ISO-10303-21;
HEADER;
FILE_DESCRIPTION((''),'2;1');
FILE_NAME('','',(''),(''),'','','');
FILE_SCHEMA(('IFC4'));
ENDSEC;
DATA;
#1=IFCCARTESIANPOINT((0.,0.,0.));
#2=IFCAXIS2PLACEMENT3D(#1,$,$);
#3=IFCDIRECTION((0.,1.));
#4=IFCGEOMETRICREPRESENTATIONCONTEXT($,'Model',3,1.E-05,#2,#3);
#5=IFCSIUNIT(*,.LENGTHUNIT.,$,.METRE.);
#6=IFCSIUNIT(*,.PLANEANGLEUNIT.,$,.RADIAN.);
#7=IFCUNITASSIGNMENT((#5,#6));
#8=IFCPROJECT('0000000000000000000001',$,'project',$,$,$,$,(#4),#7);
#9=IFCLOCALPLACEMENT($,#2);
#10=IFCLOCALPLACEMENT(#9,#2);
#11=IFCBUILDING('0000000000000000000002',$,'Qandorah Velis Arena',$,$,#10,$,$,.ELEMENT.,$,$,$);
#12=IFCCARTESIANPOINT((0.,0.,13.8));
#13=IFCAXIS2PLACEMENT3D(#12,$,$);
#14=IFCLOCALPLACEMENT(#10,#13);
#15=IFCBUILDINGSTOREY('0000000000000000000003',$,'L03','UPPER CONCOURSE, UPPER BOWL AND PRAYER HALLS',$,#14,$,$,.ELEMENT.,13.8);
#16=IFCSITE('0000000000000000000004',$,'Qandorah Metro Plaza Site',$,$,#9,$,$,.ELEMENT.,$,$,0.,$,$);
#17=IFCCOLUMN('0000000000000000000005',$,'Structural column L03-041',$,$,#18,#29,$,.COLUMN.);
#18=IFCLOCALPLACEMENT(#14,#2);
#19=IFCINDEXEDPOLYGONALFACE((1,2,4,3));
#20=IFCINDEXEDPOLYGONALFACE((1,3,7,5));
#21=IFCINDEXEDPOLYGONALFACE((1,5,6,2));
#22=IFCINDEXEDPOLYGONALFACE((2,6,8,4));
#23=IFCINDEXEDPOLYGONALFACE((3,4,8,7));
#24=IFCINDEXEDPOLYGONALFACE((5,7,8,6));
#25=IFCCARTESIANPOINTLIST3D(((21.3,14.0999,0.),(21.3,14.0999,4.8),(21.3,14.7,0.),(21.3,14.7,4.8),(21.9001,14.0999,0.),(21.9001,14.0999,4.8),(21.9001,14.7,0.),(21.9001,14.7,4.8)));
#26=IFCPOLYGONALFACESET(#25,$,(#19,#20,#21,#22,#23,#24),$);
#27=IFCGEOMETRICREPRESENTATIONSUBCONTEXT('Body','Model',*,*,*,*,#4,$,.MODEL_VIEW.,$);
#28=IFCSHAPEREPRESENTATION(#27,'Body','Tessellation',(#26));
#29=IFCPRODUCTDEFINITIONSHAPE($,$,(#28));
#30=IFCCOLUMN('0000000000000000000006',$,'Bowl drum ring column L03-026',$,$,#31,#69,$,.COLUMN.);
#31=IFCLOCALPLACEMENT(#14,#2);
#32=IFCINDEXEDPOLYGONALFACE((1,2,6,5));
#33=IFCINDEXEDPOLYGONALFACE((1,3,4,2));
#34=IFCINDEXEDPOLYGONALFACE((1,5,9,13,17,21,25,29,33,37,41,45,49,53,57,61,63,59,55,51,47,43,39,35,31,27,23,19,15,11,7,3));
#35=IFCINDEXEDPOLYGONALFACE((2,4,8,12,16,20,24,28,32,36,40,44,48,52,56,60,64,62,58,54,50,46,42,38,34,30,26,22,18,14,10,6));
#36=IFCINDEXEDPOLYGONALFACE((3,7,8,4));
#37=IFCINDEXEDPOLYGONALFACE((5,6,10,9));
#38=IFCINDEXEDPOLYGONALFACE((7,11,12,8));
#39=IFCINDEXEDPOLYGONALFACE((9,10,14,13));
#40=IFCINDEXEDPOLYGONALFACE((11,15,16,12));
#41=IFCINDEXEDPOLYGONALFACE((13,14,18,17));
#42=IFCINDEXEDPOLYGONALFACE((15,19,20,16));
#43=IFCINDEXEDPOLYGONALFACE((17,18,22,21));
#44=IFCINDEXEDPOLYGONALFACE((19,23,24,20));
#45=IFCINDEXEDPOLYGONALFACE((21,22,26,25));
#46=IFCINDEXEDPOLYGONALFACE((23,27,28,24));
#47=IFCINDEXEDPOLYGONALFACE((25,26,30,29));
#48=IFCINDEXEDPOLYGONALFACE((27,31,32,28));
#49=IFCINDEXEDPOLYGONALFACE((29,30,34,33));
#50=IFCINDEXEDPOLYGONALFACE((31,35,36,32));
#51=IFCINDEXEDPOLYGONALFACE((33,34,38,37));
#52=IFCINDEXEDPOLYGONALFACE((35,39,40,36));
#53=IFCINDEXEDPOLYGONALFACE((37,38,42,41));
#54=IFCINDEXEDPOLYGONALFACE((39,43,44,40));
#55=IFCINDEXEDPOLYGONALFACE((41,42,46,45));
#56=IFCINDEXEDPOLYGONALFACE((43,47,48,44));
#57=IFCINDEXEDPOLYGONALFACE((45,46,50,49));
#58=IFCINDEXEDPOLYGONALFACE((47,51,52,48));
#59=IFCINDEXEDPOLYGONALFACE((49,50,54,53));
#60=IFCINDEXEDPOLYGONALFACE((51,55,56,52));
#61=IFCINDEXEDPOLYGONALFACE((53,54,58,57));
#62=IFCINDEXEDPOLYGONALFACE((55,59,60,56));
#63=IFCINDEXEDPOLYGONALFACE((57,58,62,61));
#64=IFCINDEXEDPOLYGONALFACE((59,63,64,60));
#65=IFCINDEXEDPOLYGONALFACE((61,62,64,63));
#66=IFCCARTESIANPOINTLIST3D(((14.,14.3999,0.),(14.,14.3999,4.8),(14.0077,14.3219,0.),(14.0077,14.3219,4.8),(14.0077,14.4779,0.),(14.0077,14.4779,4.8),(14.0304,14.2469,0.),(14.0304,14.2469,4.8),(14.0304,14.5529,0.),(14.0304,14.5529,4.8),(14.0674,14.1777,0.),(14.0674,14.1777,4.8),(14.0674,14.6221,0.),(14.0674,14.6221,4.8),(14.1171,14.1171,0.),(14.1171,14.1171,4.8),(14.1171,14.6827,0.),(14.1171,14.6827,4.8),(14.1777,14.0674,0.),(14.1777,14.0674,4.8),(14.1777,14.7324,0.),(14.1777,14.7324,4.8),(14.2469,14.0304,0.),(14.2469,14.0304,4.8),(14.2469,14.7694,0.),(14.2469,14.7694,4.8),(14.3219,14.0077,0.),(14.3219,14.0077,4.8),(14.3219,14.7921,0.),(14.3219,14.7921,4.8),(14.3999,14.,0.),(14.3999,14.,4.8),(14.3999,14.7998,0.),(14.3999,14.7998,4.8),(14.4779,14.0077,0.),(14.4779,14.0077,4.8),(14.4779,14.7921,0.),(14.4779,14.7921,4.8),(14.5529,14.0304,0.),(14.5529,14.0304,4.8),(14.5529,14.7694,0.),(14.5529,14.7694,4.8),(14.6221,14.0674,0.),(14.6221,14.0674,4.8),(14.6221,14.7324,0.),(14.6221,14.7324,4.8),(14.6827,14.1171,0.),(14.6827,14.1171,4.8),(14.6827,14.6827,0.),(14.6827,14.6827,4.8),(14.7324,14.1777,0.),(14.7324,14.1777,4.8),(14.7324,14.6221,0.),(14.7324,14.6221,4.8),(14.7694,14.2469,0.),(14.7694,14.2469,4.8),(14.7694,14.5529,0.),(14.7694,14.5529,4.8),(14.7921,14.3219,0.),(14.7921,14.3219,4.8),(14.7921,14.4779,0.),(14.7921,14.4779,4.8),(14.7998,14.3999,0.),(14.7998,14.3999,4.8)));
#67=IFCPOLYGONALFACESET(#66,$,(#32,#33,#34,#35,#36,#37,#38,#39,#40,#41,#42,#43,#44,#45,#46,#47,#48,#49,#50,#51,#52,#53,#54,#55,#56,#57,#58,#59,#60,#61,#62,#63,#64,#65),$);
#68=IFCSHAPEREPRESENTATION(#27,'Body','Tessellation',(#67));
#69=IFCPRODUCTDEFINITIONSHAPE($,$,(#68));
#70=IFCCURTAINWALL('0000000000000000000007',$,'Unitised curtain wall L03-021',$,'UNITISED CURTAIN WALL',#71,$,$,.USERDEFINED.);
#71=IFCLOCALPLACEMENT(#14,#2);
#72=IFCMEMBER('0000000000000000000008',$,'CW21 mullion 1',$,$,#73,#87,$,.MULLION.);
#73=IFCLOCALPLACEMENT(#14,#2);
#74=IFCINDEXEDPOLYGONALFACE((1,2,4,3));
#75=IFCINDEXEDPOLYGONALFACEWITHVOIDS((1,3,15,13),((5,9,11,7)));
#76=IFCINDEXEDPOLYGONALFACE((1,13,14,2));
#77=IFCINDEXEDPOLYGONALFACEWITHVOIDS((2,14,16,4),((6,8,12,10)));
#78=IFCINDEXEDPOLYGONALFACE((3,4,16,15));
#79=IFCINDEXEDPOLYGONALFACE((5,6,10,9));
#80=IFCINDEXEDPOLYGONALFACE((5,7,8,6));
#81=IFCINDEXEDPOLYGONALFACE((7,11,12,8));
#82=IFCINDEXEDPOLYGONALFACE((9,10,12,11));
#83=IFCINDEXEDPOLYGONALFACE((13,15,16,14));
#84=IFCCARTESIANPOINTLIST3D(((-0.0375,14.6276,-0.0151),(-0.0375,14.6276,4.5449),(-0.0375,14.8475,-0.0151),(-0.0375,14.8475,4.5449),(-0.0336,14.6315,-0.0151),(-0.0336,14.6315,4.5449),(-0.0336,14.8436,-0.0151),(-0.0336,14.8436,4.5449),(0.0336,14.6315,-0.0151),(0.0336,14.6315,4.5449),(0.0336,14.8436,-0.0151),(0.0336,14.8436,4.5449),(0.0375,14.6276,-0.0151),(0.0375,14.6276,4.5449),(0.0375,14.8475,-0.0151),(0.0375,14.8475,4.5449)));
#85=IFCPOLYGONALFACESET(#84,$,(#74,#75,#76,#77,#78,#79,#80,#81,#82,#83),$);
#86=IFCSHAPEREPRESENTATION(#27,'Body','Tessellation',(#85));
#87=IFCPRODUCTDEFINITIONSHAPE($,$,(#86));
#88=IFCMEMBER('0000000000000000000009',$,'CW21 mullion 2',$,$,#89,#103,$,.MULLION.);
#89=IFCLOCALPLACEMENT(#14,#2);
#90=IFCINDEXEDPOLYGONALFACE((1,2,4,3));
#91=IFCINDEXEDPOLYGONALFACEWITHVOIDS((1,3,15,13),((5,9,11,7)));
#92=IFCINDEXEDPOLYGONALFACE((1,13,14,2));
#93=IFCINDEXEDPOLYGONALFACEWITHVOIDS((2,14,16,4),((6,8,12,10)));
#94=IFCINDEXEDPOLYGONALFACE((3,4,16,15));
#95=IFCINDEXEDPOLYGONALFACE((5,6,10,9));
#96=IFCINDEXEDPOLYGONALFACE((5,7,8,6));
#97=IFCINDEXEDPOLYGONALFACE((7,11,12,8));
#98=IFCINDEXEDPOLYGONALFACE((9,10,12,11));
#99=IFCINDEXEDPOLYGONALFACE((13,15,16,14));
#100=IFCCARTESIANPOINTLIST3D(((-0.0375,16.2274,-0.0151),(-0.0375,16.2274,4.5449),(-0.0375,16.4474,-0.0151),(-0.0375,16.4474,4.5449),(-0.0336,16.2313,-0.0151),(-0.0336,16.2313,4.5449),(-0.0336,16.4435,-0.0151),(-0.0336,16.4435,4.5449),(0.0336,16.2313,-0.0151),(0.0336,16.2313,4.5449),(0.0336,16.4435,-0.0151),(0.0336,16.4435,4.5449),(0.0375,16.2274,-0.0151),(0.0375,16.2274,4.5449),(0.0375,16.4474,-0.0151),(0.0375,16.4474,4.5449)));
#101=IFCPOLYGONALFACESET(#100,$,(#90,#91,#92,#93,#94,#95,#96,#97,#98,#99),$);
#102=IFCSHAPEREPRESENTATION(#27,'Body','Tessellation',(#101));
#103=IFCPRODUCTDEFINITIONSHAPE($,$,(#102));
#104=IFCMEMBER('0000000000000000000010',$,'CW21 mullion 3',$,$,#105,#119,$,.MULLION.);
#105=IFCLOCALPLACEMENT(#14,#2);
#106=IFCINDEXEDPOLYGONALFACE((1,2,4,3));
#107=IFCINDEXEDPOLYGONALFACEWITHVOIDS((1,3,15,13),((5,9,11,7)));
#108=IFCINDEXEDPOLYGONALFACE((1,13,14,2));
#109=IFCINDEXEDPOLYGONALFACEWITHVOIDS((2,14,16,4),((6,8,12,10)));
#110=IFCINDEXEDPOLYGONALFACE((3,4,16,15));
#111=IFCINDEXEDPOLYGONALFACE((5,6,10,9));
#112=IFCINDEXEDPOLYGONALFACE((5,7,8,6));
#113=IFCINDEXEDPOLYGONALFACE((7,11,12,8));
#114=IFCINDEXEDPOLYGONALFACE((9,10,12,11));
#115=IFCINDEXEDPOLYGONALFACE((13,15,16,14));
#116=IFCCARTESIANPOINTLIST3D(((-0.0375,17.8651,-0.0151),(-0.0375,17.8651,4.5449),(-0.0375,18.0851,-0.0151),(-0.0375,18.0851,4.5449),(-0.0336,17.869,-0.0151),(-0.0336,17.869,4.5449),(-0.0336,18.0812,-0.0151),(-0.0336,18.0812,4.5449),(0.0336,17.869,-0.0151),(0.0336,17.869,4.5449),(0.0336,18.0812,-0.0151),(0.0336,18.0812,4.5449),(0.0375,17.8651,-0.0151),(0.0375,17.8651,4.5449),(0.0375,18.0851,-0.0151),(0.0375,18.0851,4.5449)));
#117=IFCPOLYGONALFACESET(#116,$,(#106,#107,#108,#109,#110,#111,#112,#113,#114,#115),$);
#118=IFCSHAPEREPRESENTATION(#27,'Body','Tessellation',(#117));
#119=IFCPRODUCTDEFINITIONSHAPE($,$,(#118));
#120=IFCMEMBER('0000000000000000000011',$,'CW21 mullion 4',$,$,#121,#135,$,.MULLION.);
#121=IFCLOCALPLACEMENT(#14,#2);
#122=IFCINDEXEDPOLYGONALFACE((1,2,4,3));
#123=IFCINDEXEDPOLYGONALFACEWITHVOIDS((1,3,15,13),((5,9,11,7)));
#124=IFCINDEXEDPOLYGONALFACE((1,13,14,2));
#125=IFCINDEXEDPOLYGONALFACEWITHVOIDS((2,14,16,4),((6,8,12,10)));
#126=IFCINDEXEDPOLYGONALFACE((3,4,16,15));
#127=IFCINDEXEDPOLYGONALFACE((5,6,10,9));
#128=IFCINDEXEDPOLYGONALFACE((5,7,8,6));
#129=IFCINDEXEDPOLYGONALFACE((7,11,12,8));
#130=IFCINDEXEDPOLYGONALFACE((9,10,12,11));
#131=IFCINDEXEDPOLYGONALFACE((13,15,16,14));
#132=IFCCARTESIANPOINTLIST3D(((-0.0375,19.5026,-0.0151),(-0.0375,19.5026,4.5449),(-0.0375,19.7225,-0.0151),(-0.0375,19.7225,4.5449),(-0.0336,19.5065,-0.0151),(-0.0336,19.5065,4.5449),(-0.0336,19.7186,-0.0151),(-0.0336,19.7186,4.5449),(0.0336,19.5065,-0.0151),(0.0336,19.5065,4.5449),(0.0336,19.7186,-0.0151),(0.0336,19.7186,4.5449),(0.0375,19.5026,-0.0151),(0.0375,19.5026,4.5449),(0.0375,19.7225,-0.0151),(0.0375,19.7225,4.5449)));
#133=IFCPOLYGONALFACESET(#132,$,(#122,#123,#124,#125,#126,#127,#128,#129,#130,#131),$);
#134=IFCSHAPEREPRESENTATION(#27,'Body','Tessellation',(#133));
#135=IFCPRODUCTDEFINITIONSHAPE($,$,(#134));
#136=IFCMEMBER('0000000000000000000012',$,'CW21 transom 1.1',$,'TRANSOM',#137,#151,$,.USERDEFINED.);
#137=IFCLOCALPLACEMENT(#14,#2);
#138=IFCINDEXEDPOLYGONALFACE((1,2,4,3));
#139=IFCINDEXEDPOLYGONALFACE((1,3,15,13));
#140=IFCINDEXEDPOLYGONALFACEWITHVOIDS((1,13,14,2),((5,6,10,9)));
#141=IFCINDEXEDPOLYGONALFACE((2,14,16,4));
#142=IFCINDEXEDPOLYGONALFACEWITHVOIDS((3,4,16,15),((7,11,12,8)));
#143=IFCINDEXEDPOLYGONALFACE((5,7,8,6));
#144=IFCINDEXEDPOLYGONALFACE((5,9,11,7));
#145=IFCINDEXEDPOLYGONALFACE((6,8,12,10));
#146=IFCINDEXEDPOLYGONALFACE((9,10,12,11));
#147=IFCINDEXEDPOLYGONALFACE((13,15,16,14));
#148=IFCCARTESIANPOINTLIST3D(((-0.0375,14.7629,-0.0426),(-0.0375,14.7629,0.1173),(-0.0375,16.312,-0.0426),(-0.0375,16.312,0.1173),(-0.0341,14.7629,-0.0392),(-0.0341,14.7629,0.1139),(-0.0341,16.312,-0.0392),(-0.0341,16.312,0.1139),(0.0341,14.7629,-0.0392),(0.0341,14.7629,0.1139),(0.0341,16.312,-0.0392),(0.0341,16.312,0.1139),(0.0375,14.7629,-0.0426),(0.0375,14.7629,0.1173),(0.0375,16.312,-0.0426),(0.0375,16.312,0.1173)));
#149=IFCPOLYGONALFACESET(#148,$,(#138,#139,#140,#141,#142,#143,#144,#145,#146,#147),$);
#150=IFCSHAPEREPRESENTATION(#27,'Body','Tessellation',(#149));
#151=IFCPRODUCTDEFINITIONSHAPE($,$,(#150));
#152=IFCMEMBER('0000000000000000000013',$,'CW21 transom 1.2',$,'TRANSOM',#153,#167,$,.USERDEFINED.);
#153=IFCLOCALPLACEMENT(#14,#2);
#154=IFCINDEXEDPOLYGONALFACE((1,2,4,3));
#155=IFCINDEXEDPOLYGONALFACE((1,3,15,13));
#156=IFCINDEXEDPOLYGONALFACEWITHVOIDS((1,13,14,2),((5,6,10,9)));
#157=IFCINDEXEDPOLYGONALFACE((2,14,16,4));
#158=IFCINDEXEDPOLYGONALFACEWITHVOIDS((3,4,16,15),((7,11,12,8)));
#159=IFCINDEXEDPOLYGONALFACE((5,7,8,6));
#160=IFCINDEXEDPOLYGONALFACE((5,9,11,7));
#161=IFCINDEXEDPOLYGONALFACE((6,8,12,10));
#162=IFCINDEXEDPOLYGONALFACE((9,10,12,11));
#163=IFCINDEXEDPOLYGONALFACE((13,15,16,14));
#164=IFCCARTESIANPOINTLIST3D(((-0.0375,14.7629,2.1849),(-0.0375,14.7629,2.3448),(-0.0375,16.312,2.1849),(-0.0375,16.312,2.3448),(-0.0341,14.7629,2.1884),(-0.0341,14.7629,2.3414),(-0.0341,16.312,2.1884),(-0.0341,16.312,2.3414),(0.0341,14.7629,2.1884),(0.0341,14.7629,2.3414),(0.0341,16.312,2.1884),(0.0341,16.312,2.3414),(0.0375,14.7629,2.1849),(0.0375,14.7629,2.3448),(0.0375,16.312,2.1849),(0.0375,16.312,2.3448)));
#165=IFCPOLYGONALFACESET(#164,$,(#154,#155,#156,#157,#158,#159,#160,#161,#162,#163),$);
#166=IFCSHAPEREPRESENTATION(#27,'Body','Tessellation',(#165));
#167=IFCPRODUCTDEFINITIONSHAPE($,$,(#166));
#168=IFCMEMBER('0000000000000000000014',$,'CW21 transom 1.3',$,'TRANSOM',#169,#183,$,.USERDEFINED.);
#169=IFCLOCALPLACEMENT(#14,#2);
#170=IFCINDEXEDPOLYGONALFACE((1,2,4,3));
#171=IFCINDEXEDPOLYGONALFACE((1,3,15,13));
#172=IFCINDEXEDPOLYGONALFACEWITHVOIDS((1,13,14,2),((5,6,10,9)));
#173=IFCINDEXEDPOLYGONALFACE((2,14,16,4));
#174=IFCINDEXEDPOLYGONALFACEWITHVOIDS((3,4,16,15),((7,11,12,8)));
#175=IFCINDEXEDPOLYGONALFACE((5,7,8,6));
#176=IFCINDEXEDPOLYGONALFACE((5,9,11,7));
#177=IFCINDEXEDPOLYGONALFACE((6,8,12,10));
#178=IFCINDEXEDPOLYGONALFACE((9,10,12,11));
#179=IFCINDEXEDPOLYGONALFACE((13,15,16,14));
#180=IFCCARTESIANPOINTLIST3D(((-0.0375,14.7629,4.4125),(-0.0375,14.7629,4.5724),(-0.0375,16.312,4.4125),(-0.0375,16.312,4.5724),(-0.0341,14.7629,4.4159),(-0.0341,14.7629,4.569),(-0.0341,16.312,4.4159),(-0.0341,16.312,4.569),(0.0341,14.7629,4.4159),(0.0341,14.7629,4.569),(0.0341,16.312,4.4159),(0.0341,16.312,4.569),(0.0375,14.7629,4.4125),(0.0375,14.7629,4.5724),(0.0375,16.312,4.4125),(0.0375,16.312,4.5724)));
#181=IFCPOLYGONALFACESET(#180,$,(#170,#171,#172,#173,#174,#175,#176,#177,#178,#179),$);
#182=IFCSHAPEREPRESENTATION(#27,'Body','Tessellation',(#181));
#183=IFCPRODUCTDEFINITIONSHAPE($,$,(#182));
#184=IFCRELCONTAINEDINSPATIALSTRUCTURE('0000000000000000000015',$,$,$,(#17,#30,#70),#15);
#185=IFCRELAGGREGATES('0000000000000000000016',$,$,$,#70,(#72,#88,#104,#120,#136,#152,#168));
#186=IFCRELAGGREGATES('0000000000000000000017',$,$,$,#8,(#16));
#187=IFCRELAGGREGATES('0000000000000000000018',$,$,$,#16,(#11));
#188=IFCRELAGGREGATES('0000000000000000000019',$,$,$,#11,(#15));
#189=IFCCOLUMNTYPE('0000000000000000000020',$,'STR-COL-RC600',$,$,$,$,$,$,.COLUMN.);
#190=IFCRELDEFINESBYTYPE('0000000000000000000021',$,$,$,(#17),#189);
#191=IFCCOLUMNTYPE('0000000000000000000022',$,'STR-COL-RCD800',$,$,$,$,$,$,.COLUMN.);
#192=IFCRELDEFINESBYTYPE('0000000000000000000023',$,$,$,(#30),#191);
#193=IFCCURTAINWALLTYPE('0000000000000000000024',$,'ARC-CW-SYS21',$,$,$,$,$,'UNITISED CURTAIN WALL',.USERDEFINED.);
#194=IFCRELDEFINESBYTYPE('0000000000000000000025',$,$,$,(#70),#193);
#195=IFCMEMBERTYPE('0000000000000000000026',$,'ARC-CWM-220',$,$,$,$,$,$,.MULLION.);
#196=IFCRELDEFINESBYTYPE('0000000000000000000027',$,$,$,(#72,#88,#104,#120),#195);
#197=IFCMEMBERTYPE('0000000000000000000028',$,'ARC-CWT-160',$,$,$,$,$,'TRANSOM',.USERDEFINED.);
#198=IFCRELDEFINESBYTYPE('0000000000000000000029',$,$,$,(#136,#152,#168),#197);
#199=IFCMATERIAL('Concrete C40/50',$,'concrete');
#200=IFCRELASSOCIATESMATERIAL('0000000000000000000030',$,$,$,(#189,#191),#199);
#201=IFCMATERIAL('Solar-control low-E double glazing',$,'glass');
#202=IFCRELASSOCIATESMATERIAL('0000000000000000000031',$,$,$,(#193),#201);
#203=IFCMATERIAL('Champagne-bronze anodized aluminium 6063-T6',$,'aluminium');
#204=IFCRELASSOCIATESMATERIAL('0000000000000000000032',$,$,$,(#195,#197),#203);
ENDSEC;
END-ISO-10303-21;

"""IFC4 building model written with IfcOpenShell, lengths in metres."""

from ifc_helpers import new_model, si_unit, direction, frame, origin, origin_2d, place, context, subcontext, project, spatial, rectangle, hollow_rectangle, circle, extrude, material, material_profile, profile_set, type_object, element, aggregate, save


model = new_model("IFC4")

# Units and contexts
model_context = context("Model", 3, precision=1e-05, world=origin(), true_north=direction((0.0, 1.0)))
body_context = subcontext(model_context, "Body", "Model", "MODEL_VIEW")
ifc_project = project(units=[si_unit("LENGTHUNIT", "METRE"), si_unit("PLANEANGLEUNIT", "RADIAN")], contexts=[model_context])

# Site, building, storey
site_placement = place(None, origin())
site = spatial("IfcSite", under=ifc_project, at=site_placement, Name="Qandorah Metro Plaza Site", CompositionType="ELEMENT", RefElevation=0.0)
building_placement = place(site_placement, origin())
building = spatial("IfcBuilding", under=site, at=building_placement, Name="Qandorah Velis Arena", CompositionType="ELEMENT")
storey_placement = place(building_placement, frame((0.0, 0.0, 13.8)))
storey = spatial("IfcBuildingStorey", under=building, at=storey_placement, Name="L03", Description="UPPER CONCOURSE, UPPER BOWL AND PRAYER HALLS", CompositionType="ELEMENT", Elevation=13.8)

# Columns
ifc_material_1 = material(Name="Concrete C40/50", Category="concrete")
ifc_material_profile_1 = material_profile(ifc_material_1, rectangle(XDim=0.6001, YDim=0.6001, at=origin_2d()), Name="RC COL 600x600")
ifc_profile_set_1 = profile_set([ifc_material_profile_1], Name="Concrete C40/50")
column_type_1 = type_object("IfcColumnType", Name="STR-COL-RC600", PredefinedType="COLUMN", material=ifc_profile_set_1)
column_1_placement = place(storey_placement, frame((21.6001, 14.3999, 0.0), z_axis=(0.0, 0.0, 1.0), x_axis=(1.0, 0.0, 0.0)))
element("IfcColumn", 1, at=column_1_placement, inside=storey, type_object=column_type_1, Name="Structural column L03-041", PredefinedType="COLUMN", context=body_context, shape_type="SweptSolid", body=[
    extrude(rectangle(XDim=0.6001, YDim=0.6001, at=origin_2d()), origin(), (0.0, 0.0, 1.0), 4.8),
])
ifc_material_profile_2 = material_profile(ifc_material_1, circle(Radius=0.3999, at=origin_2d()), Name="RC D800")
ifc_profile_set_2 = profile_set([ifc_material_profile_2], Name="Concrete C40/50")
column_type_2 = type_object("IfcColumnType", Name="STR-COL-RCD800", PredefinedType="COLUMN", material=ifc_profile_set_2)
column_2_placement = place(storey_placement, frame((14.3999, 14.3999, 0.0), z_axis=(0.0, 0.0, 1.0), x_axis=(1.0, 0.0, 0.0)))
element("IfcColumn", 2, at=column_2_placement, inside=storey, type_object=column_type_2, Name="Bowl drum ring column L03-026", PredefinedType="COLUMN", context=body_context, shape_type="SweptSolid", body=[
    extrude(circle(Radius=0.3999, at=origin_2d()), origin(), (0.0, 0.0, 1.0), 4.8),
])

# Curtain wall, members
ifc_material_2 = material(Name="Solar-control low-E double glazing", Category="glass")
curtain_wall_type = type_object("IfcCurtainWallType", Name="ARC-CW-SYS21", ElementType="UNITISED CURTAIN WALL", PredefinedType="USERDEFINED", material=ifc_material_2)
curtain_wall_placement = place(storey_placement, origin())
curtain_wall = element("IfcCurtainWall", 3, at=curtain_wall_placement, inside=storey, type_object=curtain_wall_type, Name="Unitised curtain wall L03-021", ObjectType="UNITISED CURTAIN WALL", PredefinedType="USERDEFINED")
ifc_material_3 = material(Name="Champagne-bronze anodized aluminium 6063-T6", Category="aluminium")
ifc_material_profile_3 = material_profile(ifc_material_3, hollow_rectangle(XDim=0.075, YDim=0.22, WallThickness=0.0039, at=origin_2d()), Name="ALU MULLION 75x220")
ifc_profile_set_3 = profile_set([ifc_material_profile_3], Name="Champagne-bronze anodized aluminium 6063-T6")
member_type_1 = type_object("IfcMemberType", Name="ARC-CWM-220", PredefinedType="MULLION", material=ifc_profile_set_3)
member_1_placement = place(storey_placement, frame((0.0, 14.7375, -0.0151), z_axis=(0.0, 0.0, 1.0), x_axis=(-1.0, 0.0, 0.0)))
member_1 = element("IfcMember", 4, at=member_1_placement, type_object=member_type_1, Name="CW21 mullion 1", PredefinedType="MULLION", context=body_context, shape_type="SweptSolid", body=[
    extrude(hollow_rectangle(XDim=0.075, YDim=0.22, WallThickness=0.0039, at=origin_2d()), origin(), (0.0, 0.0, 1.0), 4.5601),
])
member_2_placement = place(storey_placement, frame((0.0, 16.3374, -0.0151), z_axis=(0.0, 0.0, 1.0), x_axis=(-1.0, 0.0, 0.0)))
member_2 = element("IfcMember", 5, at=member_2_placement, type_object=member_type_1, Name="CW21 mullion 2", PredefinedType="MULLION", context=body_context, shape_type="SweptSolid", body=[
    extrude(hollow_rectangle(XDim=0.075, YDim=0.22, WallThickness=0.0039, at=origin_2d()), origin(), (0.0, 0.0, 1.0), 4.5601),
])
member_3_placement = place(storey_placement, frame((0.0, 17.9751, -0.0151), z_axis=(0.0, 0.0, 1.0), x_axis=(-1.0, 0.0, 0.0)))
member_3 = element("IfcMember", 6, at=member_3_placement, type_object=member_type_1, Name="CW21 mullion 3", PredefinedType="MULLION", context=body_context, shape_type="SweptSolid", body=[
    extrude(hollow_rectangle(XDim=0.075, YDim=0.22, WallThickness=0.0039, at=origin_2d()), origin(), (0.0, 0.0, 1.0), 4.5601),
])
member_4_placement = place(storey_placement, frame((0.0, 19.6125, -0.0151), z_axis=(0.0, 0.0, 1.0), x_axis=(-1.0, 0.0, 0.0)))
member_4 = element("IfcMember", 7, at=member_4_placement, type_object=member_type_1, Name="CW21 mullion 4", PredefinedType="MULLION", context=body_context, shape_type="SweptSolid", body=[
    extrude(hollow_rectangle(XDim=0.075, YDim=0.22, WallThickness=0.0039, at=origin_2d()), origin(), (0.0, 0.0, 1.0), 4.5601),
])
ifc_material_profile_4 = material_profile(ifc_material_3, hollow_rectangle(XDim=0.075, YDim=0.1599, WallThickness=0.0034, at=origin_2d()), Name="ALU TRANSOM 75x160")
ifc_profile_set_4 = profile_set([ifc_material_profile_4], Name="Champagne-bronze anodized aluminium 6063-T6")
member_type_2 = type_object("IfcMemberType", Name="ARC-CWT-160", ElementType="TRANSOM", PredefinedType="USERDEFINED", material=ifc_profile_set_4)
member_5_placement = place(storey_placement, frame((0.0, 14.7629, 0.0374), z_axis=(0.0, 1.0, 0.0), x_axis=(-1.0, 0.0, 0.0)))
member_5 = element("IfcMember", 8, at=member_5_placement, type_object=member_type_2, Name="CW21 transom 1.1", ObjectType="TRANSOM", PredefinedType="USERDEFINED", context=body_context, shape_type="SweptSolid", body=[
    extrude(hollow_rectangle(XDim=0.075, YDim=0.1599, WallThickness=0.0034, at=origin_2d()), origin(), (0.0, 0.0, 1.0), 1.5491),
])
member_6_placement = place(storey_placement, frame((0.0, 14.7629, 2.2649), z_axis=(0.0, 1.0, 0.0), x_axis=(-1.0, 0.0, 0.0)))
member_6 = element("IfcMember", 9, at=member_6_placement, type_object=member_type_2, Name="CW21 transom 1.2", ObjectType="TRANSOM", PredefinedType="USERDEFINED", context=body_context, shape_type="SweptSolid", body=[
    extrude(hollow_rectangle(XDim=0.075, YDim=0.1599, WallThickness=0.0034, at=origin_2d()), origin(), (0.0, 0.0, 1.0), 1.5491),
])
member_7_placement = place(storey_placement, frame((0.0, 14.7629, 4.4924), z_axis=(0.0, 1.0, 0.0), x_axis=(-1.0, 0.0, 0.0)))
member_7 = element("IfcMember", 10, at=member_7_placement, type_object=member_type_2, Name="CW21 transom 1.3", ObjectType="TRANSOM", PredefinedType="USERDEFINED", context=body_context, shape_type="SweptSolid", body=[
    extrude(hollow_rectangle(XDim=0.075, YDim=0.1599, WallThickness=0.0034, at=origin_2d()), origin(), (0.0, 0.0, 1.0), 1.5491),
])

aggregate(curtain_wall, [member_1, member_2, member_3, member_4, member_5, member_6, member_7])

save(model, "model.ifc")
